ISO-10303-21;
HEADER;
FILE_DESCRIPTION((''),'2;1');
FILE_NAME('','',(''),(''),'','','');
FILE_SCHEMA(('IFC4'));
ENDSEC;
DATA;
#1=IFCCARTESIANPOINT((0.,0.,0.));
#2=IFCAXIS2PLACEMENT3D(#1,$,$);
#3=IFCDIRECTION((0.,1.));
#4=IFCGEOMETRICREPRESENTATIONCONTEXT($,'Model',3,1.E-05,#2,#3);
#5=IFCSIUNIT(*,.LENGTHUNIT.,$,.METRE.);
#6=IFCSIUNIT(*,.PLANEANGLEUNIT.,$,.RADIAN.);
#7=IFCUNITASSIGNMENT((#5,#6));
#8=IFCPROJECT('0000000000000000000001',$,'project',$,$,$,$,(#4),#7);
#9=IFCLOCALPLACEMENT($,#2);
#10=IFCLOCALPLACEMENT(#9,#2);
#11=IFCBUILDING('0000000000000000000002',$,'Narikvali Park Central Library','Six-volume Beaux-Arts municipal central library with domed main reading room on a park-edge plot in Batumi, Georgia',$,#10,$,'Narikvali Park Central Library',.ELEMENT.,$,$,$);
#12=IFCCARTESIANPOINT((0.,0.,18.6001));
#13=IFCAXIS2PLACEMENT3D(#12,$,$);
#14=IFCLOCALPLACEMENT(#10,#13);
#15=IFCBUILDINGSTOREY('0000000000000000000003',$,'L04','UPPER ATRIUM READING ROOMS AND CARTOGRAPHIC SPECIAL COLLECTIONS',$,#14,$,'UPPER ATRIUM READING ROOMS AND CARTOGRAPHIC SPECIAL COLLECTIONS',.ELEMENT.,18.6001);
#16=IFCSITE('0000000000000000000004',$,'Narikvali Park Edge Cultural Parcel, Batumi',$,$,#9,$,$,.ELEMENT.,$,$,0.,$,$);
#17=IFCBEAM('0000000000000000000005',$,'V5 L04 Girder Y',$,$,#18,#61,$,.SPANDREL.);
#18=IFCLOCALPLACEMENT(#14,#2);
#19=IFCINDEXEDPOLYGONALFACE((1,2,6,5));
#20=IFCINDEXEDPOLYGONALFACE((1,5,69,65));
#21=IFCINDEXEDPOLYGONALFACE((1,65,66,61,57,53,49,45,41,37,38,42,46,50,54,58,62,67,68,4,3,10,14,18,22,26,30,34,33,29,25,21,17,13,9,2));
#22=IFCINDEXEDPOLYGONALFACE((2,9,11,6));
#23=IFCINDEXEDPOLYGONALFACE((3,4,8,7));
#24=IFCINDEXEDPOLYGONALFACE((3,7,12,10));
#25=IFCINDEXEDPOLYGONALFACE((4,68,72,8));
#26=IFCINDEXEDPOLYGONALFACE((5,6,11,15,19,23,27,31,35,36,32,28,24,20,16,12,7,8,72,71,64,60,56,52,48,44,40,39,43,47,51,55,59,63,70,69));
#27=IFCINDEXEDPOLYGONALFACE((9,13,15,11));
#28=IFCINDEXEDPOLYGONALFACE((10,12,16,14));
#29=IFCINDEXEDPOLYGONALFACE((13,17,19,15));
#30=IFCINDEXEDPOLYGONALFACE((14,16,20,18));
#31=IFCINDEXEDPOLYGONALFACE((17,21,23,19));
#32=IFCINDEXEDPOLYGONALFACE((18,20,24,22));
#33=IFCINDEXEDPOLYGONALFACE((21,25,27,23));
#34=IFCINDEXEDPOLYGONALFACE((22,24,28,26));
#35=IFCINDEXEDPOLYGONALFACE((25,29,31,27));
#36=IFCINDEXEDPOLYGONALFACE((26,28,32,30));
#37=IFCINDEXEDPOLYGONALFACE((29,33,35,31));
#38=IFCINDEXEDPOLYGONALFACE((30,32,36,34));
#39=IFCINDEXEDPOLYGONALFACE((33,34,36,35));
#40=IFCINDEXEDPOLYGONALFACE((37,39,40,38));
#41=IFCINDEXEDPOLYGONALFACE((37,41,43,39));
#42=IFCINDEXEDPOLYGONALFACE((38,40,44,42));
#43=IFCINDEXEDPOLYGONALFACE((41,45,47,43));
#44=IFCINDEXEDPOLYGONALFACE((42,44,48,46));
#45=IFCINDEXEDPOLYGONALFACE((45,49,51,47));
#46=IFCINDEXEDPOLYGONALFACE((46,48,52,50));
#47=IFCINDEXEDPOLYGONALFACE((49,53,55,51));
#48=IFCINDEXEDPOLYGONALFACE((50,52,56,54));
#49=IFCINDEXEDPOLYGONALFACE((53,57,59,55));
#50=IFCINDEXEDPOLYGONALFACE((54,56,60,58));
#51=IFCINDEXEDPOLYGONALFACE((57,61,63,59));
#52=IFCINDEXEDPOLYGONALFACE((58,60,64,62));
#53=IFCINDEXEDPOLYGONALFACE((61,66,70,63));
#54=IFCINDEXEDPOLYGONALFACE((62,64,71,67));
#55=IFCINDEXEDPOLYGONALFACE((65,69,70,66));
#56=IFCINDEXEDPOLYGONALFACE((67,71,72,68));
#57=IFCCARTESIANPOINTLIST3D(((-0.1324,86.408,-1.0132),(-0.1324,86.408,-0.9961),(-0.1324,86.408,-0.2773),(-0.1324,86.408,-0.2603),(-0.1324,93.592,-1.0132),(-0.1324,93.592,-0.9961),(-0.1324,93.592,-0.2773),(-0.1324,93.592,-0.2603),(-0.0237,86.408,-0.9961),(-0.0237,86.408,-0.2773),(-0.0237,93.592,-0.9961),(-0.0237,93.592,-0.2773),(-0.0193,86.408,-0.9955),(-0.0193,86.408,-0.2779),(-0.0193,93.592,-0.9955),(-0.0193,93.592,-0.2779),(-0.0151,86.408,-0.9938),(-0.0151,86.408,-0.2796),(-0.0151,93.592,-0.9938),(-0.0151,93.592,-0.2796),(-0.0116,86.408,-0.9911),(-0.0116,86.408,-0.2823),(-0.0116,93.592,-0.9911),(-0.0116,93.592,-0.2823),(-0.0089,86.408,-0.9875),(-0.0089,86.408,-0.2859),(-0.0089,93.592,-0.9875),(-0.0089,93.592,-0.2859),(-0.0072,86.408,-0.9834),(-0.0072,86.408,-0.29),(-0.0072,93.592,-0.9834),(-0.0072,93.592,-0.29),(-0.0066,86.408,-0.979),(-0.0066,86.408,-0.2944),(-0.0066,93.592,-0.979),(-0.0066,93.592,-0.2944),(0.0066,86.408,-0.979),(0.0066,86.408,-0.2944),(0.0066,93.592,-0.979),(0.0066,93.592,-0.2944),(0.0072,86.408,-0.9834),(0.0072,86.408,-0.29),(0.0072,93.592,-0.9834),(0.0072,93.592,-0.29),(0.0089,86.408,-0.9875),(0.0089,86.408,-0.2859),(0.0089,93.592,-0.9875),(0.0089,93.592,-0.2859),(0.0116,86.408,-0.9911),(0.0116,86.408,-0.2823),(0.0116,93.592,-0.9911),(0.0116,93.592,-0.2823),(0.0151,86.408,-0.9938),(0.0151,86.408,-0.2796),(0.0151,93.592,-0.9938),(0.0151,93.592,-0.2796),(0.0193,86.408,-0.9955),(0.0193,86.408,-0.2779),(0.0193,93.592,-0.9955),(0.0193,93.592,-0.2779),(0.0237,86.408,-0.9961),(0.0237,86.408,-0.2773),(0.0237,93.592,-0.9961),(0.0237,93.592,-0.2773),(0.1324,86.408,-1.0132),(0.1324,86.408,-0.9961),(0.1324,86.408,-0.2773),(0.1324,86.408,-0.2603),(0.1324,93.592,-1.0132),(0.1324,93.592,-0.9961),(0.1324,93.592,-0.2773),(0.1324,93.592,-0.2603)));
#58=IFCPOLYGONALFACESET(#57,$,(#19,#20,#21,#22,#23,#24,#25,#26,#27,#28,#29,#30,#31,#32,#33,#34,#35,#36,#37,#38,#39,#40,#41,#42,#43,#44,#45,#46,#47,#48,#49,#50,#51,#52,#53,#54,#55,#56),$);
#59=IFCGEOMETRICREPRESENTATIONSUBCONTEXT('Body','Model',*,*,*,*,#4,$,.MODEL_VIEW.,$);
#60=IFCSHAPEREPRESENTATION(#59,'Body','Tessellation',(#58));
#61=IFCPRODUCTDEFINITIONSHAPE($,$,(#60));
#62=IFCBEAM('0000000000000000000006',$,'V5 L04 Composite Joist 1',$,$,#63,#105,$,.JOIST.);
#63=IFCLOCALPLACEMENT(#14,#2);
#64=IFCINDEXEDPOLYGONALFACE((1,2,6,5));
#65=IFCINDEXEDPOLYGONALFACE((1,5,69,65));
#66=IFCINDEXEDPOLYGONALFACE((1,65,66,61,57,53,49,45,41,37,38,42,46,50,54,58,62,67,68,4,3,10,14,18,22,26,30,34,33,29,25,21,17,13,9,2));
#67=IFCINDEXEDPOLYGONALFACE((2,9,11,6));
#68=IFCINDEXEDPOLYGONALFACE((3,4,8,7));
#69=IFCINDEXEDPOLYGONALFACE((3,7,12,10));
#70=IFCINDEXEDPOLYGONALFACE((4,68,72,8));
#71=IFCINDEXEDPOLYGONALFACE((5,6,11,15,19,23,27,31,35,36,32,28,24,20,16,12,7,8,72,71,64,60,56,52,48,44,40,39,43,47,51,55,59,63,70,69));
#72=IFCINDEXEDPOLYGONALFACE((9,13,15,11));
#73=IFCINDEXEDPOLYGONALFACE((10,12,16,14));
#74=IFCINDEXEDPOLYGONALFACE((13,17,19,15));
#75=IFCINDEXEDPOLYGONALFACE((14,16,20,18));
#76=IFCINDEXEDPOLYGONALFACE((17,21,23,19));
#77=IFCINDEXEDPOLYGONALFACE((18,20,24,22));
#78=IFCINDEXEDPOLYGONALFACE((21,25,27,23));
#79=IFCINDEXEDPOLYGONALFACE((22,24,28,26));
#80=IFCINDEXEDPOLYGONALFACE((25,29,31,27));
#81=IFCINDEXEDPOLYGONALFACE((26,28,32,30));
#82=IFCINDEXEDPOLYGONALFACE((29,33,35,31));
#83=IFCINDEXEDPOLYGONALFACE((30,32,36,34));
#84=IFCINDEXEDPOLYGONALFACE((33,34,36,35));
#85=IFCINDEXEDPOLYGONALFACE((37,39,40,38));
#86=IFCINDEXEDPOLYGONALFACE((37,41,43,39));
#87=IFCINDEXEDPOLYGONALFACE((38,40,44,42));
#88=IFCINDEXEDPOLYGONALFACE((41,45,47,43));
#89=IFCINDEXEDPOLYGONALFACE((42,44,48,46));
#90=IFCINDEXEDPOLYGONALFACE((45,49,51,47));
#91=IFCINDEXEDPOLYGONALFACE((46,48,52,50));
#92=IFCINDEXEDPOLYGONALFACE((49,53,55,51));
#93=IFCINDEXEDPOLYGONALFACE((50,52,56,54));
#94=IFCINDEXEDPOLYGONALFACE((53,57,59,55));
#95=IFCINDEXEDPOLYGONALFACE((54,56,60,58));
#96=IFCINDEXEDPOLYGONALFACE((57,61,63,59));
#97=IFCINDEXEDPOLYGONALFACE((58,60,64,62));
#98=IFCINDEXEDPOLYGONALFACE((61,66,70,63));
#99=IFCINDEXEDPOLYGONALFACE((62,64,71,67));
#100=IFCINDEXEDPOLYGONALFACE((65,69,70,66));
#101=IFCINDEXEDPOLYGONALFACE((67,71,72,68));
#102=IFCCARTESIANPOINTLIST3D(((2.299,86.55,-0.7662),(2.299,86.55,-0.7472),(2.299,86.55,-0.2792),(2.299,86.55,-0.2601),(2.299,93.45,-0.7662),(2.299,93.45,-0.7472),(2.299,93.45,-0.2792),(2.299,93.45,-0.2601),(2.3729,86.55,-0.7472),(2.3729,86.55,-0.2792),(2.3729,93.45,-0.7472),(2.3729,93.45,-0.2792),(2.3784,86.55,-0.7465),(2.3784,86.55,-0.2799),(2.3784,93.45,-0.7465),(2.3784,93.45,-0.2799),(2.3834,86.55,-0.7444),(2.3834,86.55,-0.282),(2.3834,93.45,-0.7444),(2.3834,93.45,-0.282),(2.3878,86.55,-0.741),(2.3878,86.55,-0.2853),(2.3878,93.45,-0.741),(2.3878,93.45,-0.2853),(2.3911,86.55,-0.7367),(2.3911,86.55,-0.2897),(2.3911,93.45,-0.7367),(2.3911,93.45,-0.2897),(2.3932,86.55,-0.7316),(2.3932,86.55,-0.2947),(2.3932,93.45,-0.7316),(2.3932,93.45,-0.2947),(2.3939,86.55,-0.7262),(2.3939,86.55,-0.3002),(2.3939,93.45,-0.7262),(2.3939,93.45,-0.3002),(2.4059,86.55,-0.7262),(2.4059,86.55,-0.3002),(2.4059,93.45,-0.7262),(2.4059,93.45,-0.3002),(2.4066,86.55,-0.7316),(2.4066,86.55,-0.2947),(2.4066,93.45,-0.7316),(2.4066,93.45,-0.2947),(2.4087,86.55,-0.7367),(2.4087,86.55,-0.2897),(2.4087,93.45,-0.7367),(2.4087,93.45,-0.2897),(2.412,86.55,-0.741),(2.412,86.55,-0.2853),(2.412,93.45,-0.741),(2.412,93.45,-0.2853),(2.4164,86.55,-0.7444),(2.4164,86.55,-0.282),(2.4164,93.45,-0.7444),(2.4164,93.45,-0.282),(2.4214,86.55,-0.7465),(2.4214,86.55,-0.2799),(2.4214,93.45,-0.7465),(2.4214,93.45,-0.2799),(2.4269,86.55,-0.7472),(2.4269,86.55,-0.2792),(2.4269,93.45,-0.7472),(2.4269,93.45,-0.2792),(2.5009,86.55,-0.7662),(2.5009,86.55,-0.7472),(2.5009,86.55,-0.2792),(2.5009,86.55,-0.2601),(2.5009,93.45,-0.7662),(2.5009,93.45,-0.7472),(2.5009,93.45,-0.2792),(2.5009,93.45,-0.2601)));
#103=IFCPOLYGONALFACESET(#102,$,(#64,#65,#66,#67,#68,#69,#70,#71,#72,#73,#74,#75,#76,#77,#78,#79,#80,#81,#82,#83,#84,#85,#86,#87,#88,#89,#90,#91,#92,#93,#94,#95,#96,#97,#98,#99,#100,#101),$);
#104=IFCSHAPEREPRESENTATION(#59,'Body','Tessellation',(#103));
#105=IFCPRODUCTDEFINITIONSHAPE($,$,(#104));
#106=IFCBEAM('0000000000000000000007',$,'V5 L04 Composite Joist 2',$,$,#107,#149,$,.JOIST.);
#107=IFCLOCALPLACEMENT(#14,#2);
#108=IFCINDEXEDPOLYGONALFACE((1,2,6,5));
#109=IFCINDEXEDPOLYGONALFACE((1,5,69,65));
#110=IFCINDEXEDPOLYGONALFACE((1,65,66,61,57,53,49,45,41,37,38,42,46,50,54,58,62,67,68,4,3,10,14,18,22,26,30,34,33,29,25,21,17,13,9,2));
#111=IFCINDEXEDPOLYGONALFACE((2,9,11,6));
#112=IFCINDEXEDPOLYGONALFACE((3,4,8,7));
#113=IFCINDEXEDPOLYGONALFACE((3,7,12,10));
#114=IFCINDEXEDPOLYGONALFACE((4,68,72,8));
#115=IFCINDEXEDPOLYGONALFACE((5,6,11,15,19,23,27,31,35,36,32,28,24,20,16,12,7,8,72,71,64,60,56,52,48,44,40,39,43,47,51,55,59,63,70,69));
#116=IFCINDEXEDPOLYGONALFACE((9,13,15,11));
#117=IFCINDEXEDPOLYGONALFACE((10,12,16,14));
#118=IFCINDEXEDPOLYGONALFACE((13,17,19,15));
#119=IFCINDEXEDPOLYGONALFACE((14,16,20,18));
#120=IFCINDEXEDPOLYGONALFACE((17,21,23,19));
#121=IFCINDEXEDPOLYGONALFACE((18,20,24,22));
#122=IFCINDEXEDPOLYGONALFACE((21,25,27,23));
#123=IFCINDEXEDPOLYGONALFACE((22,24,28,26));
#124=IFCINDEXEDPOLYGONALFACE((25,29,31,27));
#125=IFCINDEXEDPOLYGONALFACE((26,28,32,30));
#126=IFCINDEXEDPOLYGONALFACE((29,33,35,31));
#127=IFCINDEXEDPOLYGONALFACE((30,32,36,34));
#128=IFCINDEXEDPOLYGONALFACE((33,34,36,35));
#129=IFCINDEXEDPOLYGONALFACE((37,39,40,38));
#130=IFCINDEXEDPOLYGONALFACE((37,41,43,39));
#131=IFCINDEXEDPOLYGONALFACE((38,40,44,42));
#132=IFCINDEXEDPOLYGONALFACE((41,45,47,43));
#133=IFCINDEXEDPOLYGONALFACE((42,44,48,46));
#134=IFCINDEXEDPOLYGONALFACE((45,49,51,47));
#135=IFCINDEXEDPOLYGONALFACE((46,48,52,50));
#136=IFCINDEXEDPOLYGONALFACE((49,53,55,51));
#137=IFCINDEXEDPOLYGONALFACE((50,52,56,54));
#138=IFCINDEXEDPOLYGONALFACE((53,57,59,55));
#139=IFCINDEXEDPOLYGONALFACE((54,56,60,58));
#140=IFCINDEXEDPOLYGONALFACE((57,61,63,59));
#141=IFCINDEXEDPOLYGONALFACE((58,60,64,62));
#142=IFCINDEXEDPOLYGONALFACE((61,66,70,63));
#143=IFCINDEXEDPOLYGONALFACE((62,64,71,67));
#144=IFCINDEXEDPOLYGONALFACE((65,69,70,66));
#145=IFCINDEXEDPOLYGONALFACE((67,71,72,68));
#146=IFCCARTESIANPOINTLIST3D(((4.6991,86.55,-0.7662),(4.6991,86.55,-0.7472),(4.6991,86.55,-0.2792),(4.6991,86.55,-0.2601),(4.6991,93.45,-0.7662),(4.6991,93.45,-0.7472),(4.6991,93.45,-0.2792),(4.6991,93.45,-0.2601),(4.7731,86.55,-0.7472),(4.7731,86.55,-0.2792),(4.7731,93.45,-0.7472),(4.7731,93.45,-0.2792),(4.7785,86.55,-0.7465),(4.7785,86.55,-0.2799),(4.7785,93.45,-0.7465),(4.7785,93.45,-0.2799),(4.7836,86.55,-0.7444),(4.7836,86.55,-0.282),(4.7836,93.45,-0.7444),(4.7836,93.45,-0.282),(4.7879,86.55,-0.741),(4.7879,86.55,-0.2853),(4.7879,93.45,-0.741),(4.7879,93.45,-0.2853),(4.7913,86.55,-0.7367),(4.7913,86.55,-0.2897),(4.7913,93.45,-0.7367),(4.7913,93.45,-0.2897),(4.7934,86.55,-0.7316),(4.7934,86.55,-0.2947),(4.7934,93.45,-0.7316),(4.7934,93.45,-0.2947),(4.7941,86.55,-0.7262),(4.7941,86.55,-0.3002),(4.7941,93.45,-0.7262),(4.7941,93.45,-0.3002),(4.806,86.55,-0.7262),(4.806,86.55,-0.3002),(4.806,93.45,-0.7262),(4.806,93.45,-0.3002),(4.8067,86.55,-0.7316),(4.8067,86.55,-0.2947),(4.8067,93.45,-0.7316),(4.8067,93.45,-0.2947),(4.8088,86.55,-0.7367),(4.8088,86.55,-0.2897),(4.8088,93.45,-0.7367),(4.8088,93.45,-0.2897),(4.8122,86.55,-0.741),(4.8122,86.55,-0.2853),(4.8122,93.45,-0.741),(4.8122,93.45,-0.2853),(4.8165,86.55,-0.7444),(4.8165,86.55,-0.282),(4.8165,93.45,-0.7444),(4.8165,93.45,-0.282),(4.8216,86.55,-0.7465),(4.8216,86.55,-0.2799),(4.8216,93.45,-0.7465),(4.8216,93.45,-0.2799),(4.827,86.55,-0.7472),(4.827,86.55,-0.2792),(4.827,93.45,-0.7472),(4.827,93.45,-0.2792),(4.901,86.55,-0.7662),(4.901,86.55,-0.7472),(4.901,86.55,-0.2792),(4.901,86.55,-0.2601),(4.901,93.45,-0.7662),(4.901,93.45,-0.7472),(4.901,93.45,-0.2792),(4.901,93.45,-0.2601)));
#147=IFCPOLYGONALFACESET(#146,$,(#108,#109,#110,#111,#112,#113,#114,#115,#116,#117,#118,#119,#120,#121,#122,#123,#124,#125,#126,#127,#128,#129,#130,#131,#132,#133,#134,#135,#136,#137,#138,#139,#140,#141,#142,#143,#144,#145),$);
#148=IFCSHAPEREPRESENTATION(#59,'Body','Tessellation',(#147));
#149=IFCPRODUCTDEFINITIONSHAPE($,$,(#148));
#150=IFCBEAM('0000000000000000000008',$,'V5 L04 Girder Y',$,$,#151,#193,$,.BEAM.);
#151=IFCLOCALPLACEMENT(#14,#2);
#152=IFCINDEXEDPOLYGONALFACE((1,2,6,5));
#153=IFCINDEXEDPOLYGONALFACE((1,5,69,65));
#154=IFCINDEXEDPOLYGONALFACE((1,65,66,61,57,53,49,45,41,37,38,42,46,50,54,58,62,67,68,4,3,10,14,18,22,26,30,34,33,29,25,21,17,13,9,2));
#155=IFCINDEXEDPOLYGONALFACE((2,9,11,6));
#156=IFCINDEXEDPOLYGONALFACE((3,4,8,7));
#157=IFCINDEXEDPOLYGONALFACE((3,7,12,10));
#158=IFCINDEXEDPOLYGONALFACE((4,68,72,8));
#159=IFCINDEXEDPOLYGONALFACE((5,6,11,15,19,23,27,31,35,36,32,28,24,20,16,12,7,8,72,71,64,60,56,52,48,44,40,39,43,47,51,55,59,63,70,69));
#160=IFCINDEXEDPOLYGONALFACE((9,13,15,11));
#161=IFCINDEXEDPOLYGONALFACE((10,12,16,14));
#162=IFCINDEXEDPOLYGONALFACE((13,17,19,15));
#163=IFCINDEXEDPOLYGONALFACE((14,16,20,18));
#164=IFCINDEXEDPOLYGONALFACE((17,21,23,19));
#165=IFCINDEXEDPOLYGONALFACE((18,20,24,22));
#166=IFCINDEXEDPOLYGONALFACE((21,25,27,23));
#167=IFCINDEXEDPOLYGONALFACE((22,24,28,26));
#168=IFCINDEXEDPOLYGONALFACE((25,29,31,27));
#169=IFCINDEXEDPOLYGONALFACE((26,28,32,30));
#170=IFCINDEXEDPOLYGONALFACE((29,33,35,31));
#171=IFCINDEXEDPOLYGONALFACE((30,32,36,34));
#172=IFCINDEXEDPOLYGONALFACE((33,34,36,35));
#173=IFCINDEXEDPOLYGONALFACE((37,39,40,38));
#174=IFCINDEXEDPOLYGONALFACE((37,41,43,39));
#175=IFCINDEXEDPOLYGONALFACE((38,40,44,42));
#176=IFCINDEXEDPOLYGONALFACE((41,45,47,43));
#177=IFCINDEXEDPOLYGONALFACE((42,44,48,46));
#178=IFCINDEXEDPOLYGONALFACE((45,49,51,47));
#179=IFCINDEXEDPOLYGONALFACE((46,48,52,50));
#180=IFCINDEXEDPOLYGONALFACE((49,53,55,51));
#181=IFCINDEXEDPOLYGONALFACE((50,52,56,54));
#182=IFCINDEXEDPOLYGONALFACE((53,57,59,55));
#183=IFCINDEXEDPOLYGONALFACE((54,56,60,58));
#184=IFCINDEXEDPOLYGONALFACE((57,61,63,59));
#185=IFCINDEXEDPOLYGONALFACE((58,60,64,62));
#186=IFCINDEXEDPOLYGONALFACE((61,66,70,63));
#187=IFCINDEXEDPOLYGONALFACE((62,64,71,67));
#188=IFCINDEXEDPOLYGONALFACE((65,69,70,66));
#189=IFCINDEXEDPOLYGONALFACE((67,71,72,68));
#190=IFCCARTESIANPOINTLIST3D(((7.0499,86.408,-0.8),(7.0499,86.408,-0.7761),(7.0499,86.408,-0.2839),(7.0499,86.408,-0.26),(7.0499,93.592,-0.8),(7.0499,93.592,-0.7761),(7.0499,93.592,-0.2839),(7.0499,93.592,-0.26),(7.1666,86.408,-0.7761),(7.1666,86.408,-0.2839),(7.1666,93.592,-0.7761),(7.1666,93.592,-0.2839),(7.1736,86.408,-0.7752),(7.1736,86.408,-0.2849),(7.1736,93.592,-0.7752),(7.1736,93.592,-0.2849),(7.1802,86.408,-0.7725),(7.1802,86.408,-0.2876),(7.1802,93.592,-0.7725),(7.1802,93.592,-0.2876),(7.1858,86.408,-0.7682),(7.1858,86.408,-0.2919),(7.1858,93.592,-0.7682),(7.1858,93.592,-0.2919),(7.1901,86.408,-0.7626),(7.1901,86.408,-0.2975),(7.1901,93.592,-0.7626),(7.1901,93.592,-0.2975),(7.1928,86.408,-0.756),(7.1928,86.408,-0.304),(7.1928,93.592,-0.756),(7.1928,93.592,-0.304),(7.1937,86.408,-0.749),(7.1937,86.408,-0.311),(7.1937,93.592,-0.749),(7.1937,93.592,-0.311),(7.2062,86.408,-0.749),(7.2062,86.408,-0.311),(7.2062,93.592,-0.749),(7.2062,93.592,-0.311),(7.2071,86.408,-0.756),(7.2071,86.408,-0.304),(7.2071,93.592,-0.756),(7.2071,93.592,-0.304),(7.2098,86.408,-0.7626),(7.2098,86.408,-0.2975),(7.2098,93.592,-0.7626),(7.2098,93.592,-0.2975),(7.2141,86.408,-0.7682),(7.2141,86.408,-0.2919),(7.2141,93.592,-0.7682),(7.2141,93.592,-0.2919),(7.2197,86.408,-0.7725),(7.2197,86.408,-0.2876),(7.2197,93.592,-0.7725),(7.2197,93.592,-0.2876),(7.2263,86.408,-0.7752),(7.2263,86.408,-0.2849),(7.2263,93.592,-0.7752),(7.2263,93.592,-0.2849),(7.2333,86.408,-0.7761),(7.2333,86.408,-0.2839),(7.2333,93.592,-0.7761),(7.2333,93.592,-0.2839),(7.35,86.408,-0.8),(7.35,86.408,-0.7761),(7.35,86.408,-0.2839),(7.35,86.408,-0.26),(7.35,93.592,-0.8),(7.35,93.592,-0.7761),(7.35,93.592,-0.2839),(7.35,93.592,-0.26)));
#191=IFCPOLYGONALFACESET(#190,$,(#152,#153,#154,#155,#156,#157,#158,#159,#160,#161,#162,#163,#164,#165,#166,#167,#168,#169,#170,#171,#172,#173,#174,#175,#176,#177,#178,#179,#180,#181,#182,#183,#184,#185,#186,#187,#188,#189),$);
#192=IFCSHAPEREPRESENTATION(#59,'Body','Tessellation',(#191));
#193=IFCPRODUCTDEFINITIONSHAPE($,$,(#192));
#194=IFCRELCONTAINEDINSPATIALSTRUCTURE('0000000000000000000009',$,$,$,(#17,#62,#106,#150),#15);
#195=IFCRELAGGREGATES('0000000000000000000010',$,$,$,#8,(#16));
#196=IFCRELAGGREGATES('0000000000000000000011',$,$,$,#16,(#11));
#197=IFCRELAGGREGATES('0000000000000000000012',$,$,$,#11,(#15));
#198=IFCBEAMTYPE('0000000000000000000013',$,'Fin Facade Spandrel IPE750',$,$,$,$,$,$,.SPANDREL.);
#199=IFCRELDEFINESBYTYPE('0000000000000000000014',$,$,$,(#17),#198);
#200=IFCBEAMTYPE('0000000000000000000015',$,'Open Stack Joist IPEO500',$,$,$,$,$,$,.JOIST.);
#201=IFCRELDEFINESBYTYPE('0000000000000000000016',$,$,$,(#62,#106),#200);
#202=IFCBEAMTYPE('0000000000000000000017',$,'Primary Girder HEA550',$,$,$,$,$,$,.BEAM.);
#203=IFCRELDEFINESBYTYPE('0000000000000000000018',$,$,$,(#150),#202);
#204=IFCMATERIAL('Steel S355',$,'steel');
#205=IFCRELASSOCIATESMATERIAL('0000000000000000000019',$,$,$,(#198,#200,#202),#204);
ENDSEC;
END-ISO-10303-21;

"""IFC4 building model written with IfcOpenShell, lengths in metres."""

from ifc_helpers import new_model, si_unit, direction, frame, origin, origin_2d, place, context, subcontext, project, spatial, i_section, extrude, material, material_profile, profile_set, type_object, element, save


model = new_model("IFC4")

# Units and contexts
model_context = context("Model", 3, precision=1e-05, world=origin(), true_north=direction((0.0, 1.0)))
body_context = subcontext(model_context, "Body", "Model", "MODEL_VIEW")
ifc_project = project(units=[si_unit("LENGTHUNIT", "METRE"), si_unit("PLANEANGLEUNIT", "RADIAN")], contexts=[model_context])

# Site, building, storey
site_placement = place(None, origin())
site = spatial("IfcSite", under=ifc_project, at=site_placement, Name="Narikvali Park Edge Cultural Parcel, Batumi", CompositionType="ELEMENT", RefElevation=0.0)
building_placement = place(site_placement, origin())
building = spatial("IfcBuilding", under=site, at=building_placement, Name="Narikvali Park Central Library", Description="Six-volume Beaux-Arts municipal central library with domed main reading room on a park-edge plot in Batumi, Georgia", LongName="Narikvali Park Central Library", CompositionType="ELEMENT")
storey_placement = place(building_placement, frame((0.0, 0.0, 18.6001)))
storey = spatial("IfcBuildingStorey", under=building, at=storey_placement, Name="L04", Description="UPPER ATRIUM READING ROOMS AND CARTOGRAPHIC SPECIAL COLLECTIONS", LongName="UPPER ATRIUM READING ROOMS AND CARTOGRAPHIC SPECIAL COLLECTIONS", CompositionType="ELEMENT", Elevation=18.6001)

# Beams
ifc_material_1 = material(Name="Steel S355", Category="steel")
ifc_material_profile_1 = material_profile(ifc_material_1, i_section(OverallWidth=0.2649, OverallDepth=0.7529, WebThickness=0.0132, FlangeThickness=0.0171, FilletRadius=0.0171, at=origin_2d()), Name="IPE 750x147")
ifc_profile_set_1 = profile_set([ifc_material_profile_1], Name="Steel S355")
beam_type_1 = type_object("IfcBeamType", Name="Fin Facade Spandrel IPE750", PredefinedType="SPANDREL", material=ifc_profile_set_1)
beam_1_placement = place(storey_placement, frame((0.0, 86.408, -0.6367), z_axis=(0.0, 1.0, 0.0), x_axis=(-1.0, 0.0, 0.0)))
element("IfcBeam", 1, at=beam_1_placement, inside=storey, type_object=beam_type_1, Name="V5 L04 Girder Y", PredefinedType="SPANDREL", context=body_context, shape_type="SweptSolid", body=[
    extrude(i_section(OverallWidth=0.2649, OverallDepth=0.7529, WebThickness=0.0132, FlangeThickness=0.0171, FilletRadius=0.0171, at=origin_2d()), origin(), (0.0, 0.0, 1.0), 7.1841),
])
ifc_material_profile_2 = material_profile(ifc_material_1, i_section(OverallWidth=0.2019, OverallDepth=0.5061, WebThickness=0.012, FlangeThickness=0.019, FilletRadius=0.021, at=origin_2d()), Name="IPEO 500")
ifc_profile_set_2 = profile_set([ifc_material_profile_2], Name="Steel S355")
beam_type_2 = type_object("IfcBeamType", Name="Open Stack Joist IPEO500", PredefinedType="JOIST", material=ifc_profile_set_2)
for number, where, z_axis, x_axis, name in (
    (2, (2.3999, 86.55, -0.5132), (0.0, 1.0, 0.0), (-1.0, 0.0, 0.0), "V5 L04 Composite Joist 1"),
    (3, (4.8, 86.55, -0.5132), (0.0, 1.0, 0.0), (-1.0, 0.0, 0.0), "V5 L04 Composite Joist 2"),
):
    element("IfcBeam", number, at=place(storey_placement, frame(where, z_axis=z_axis, x_axis=x_axis)), inside=storey, type_object=beam_type_2, Name=name, PredefinedType="JOIST", context=body_context, shape_type="SweptSolid", body=[
        extrude(i_section(OverallWidth=0.2019, OverallDepth=0.5061, WebThickness=0.012, FlangeThickness=0.019, FilletRadius=0.021, at=origin_2d()), origin(), (0.0, 0.0, 1.0), 6.8999),
    ])
ifc_material_profile_3 = material_profile(ifc_material_1, i_section(OverallWidth=0.3, OverallDepth=0.54, WebThickness=0.0125, FlangeThickness=0.0239, FilletRadius=0.0271, at=origin_2d()), Name="HEA 550")
ifc_profile_set_3 = profile_set([ifc_material_profile_3], Name="Steel S355")
beam_type_3 = type_object("IfcBeamType", Name="Primary Girder HEA550", PredefinedType="BEAM", material=ifc_profile_set_3)
beam_2_placement = place(storey_placement, frame((7.2, 86.408, -0.53), z_axis=(0.0, 1.0, 0.0), x_axis=(-1.0, 0.0, 0.0)))
element("IfcBeam", 4, at=beam_2_placement, inside=storey, type_object=beam_type_3, Name="V5 L04 Girder Y", PredefinedType="BEAM", context=body_context, shape_type="SweptSolid", body=[
    extrude(i_section(OverallWidth=0.3, OverallDepth=0.54, WebThickness=0.0125, FlangeThickness=0.0239, FilletRadius=0.0271, at=origin_2d()), origin(), (0.0, 0.0, 1.0), 7.1841),
])

save(model, "model.ifc")
